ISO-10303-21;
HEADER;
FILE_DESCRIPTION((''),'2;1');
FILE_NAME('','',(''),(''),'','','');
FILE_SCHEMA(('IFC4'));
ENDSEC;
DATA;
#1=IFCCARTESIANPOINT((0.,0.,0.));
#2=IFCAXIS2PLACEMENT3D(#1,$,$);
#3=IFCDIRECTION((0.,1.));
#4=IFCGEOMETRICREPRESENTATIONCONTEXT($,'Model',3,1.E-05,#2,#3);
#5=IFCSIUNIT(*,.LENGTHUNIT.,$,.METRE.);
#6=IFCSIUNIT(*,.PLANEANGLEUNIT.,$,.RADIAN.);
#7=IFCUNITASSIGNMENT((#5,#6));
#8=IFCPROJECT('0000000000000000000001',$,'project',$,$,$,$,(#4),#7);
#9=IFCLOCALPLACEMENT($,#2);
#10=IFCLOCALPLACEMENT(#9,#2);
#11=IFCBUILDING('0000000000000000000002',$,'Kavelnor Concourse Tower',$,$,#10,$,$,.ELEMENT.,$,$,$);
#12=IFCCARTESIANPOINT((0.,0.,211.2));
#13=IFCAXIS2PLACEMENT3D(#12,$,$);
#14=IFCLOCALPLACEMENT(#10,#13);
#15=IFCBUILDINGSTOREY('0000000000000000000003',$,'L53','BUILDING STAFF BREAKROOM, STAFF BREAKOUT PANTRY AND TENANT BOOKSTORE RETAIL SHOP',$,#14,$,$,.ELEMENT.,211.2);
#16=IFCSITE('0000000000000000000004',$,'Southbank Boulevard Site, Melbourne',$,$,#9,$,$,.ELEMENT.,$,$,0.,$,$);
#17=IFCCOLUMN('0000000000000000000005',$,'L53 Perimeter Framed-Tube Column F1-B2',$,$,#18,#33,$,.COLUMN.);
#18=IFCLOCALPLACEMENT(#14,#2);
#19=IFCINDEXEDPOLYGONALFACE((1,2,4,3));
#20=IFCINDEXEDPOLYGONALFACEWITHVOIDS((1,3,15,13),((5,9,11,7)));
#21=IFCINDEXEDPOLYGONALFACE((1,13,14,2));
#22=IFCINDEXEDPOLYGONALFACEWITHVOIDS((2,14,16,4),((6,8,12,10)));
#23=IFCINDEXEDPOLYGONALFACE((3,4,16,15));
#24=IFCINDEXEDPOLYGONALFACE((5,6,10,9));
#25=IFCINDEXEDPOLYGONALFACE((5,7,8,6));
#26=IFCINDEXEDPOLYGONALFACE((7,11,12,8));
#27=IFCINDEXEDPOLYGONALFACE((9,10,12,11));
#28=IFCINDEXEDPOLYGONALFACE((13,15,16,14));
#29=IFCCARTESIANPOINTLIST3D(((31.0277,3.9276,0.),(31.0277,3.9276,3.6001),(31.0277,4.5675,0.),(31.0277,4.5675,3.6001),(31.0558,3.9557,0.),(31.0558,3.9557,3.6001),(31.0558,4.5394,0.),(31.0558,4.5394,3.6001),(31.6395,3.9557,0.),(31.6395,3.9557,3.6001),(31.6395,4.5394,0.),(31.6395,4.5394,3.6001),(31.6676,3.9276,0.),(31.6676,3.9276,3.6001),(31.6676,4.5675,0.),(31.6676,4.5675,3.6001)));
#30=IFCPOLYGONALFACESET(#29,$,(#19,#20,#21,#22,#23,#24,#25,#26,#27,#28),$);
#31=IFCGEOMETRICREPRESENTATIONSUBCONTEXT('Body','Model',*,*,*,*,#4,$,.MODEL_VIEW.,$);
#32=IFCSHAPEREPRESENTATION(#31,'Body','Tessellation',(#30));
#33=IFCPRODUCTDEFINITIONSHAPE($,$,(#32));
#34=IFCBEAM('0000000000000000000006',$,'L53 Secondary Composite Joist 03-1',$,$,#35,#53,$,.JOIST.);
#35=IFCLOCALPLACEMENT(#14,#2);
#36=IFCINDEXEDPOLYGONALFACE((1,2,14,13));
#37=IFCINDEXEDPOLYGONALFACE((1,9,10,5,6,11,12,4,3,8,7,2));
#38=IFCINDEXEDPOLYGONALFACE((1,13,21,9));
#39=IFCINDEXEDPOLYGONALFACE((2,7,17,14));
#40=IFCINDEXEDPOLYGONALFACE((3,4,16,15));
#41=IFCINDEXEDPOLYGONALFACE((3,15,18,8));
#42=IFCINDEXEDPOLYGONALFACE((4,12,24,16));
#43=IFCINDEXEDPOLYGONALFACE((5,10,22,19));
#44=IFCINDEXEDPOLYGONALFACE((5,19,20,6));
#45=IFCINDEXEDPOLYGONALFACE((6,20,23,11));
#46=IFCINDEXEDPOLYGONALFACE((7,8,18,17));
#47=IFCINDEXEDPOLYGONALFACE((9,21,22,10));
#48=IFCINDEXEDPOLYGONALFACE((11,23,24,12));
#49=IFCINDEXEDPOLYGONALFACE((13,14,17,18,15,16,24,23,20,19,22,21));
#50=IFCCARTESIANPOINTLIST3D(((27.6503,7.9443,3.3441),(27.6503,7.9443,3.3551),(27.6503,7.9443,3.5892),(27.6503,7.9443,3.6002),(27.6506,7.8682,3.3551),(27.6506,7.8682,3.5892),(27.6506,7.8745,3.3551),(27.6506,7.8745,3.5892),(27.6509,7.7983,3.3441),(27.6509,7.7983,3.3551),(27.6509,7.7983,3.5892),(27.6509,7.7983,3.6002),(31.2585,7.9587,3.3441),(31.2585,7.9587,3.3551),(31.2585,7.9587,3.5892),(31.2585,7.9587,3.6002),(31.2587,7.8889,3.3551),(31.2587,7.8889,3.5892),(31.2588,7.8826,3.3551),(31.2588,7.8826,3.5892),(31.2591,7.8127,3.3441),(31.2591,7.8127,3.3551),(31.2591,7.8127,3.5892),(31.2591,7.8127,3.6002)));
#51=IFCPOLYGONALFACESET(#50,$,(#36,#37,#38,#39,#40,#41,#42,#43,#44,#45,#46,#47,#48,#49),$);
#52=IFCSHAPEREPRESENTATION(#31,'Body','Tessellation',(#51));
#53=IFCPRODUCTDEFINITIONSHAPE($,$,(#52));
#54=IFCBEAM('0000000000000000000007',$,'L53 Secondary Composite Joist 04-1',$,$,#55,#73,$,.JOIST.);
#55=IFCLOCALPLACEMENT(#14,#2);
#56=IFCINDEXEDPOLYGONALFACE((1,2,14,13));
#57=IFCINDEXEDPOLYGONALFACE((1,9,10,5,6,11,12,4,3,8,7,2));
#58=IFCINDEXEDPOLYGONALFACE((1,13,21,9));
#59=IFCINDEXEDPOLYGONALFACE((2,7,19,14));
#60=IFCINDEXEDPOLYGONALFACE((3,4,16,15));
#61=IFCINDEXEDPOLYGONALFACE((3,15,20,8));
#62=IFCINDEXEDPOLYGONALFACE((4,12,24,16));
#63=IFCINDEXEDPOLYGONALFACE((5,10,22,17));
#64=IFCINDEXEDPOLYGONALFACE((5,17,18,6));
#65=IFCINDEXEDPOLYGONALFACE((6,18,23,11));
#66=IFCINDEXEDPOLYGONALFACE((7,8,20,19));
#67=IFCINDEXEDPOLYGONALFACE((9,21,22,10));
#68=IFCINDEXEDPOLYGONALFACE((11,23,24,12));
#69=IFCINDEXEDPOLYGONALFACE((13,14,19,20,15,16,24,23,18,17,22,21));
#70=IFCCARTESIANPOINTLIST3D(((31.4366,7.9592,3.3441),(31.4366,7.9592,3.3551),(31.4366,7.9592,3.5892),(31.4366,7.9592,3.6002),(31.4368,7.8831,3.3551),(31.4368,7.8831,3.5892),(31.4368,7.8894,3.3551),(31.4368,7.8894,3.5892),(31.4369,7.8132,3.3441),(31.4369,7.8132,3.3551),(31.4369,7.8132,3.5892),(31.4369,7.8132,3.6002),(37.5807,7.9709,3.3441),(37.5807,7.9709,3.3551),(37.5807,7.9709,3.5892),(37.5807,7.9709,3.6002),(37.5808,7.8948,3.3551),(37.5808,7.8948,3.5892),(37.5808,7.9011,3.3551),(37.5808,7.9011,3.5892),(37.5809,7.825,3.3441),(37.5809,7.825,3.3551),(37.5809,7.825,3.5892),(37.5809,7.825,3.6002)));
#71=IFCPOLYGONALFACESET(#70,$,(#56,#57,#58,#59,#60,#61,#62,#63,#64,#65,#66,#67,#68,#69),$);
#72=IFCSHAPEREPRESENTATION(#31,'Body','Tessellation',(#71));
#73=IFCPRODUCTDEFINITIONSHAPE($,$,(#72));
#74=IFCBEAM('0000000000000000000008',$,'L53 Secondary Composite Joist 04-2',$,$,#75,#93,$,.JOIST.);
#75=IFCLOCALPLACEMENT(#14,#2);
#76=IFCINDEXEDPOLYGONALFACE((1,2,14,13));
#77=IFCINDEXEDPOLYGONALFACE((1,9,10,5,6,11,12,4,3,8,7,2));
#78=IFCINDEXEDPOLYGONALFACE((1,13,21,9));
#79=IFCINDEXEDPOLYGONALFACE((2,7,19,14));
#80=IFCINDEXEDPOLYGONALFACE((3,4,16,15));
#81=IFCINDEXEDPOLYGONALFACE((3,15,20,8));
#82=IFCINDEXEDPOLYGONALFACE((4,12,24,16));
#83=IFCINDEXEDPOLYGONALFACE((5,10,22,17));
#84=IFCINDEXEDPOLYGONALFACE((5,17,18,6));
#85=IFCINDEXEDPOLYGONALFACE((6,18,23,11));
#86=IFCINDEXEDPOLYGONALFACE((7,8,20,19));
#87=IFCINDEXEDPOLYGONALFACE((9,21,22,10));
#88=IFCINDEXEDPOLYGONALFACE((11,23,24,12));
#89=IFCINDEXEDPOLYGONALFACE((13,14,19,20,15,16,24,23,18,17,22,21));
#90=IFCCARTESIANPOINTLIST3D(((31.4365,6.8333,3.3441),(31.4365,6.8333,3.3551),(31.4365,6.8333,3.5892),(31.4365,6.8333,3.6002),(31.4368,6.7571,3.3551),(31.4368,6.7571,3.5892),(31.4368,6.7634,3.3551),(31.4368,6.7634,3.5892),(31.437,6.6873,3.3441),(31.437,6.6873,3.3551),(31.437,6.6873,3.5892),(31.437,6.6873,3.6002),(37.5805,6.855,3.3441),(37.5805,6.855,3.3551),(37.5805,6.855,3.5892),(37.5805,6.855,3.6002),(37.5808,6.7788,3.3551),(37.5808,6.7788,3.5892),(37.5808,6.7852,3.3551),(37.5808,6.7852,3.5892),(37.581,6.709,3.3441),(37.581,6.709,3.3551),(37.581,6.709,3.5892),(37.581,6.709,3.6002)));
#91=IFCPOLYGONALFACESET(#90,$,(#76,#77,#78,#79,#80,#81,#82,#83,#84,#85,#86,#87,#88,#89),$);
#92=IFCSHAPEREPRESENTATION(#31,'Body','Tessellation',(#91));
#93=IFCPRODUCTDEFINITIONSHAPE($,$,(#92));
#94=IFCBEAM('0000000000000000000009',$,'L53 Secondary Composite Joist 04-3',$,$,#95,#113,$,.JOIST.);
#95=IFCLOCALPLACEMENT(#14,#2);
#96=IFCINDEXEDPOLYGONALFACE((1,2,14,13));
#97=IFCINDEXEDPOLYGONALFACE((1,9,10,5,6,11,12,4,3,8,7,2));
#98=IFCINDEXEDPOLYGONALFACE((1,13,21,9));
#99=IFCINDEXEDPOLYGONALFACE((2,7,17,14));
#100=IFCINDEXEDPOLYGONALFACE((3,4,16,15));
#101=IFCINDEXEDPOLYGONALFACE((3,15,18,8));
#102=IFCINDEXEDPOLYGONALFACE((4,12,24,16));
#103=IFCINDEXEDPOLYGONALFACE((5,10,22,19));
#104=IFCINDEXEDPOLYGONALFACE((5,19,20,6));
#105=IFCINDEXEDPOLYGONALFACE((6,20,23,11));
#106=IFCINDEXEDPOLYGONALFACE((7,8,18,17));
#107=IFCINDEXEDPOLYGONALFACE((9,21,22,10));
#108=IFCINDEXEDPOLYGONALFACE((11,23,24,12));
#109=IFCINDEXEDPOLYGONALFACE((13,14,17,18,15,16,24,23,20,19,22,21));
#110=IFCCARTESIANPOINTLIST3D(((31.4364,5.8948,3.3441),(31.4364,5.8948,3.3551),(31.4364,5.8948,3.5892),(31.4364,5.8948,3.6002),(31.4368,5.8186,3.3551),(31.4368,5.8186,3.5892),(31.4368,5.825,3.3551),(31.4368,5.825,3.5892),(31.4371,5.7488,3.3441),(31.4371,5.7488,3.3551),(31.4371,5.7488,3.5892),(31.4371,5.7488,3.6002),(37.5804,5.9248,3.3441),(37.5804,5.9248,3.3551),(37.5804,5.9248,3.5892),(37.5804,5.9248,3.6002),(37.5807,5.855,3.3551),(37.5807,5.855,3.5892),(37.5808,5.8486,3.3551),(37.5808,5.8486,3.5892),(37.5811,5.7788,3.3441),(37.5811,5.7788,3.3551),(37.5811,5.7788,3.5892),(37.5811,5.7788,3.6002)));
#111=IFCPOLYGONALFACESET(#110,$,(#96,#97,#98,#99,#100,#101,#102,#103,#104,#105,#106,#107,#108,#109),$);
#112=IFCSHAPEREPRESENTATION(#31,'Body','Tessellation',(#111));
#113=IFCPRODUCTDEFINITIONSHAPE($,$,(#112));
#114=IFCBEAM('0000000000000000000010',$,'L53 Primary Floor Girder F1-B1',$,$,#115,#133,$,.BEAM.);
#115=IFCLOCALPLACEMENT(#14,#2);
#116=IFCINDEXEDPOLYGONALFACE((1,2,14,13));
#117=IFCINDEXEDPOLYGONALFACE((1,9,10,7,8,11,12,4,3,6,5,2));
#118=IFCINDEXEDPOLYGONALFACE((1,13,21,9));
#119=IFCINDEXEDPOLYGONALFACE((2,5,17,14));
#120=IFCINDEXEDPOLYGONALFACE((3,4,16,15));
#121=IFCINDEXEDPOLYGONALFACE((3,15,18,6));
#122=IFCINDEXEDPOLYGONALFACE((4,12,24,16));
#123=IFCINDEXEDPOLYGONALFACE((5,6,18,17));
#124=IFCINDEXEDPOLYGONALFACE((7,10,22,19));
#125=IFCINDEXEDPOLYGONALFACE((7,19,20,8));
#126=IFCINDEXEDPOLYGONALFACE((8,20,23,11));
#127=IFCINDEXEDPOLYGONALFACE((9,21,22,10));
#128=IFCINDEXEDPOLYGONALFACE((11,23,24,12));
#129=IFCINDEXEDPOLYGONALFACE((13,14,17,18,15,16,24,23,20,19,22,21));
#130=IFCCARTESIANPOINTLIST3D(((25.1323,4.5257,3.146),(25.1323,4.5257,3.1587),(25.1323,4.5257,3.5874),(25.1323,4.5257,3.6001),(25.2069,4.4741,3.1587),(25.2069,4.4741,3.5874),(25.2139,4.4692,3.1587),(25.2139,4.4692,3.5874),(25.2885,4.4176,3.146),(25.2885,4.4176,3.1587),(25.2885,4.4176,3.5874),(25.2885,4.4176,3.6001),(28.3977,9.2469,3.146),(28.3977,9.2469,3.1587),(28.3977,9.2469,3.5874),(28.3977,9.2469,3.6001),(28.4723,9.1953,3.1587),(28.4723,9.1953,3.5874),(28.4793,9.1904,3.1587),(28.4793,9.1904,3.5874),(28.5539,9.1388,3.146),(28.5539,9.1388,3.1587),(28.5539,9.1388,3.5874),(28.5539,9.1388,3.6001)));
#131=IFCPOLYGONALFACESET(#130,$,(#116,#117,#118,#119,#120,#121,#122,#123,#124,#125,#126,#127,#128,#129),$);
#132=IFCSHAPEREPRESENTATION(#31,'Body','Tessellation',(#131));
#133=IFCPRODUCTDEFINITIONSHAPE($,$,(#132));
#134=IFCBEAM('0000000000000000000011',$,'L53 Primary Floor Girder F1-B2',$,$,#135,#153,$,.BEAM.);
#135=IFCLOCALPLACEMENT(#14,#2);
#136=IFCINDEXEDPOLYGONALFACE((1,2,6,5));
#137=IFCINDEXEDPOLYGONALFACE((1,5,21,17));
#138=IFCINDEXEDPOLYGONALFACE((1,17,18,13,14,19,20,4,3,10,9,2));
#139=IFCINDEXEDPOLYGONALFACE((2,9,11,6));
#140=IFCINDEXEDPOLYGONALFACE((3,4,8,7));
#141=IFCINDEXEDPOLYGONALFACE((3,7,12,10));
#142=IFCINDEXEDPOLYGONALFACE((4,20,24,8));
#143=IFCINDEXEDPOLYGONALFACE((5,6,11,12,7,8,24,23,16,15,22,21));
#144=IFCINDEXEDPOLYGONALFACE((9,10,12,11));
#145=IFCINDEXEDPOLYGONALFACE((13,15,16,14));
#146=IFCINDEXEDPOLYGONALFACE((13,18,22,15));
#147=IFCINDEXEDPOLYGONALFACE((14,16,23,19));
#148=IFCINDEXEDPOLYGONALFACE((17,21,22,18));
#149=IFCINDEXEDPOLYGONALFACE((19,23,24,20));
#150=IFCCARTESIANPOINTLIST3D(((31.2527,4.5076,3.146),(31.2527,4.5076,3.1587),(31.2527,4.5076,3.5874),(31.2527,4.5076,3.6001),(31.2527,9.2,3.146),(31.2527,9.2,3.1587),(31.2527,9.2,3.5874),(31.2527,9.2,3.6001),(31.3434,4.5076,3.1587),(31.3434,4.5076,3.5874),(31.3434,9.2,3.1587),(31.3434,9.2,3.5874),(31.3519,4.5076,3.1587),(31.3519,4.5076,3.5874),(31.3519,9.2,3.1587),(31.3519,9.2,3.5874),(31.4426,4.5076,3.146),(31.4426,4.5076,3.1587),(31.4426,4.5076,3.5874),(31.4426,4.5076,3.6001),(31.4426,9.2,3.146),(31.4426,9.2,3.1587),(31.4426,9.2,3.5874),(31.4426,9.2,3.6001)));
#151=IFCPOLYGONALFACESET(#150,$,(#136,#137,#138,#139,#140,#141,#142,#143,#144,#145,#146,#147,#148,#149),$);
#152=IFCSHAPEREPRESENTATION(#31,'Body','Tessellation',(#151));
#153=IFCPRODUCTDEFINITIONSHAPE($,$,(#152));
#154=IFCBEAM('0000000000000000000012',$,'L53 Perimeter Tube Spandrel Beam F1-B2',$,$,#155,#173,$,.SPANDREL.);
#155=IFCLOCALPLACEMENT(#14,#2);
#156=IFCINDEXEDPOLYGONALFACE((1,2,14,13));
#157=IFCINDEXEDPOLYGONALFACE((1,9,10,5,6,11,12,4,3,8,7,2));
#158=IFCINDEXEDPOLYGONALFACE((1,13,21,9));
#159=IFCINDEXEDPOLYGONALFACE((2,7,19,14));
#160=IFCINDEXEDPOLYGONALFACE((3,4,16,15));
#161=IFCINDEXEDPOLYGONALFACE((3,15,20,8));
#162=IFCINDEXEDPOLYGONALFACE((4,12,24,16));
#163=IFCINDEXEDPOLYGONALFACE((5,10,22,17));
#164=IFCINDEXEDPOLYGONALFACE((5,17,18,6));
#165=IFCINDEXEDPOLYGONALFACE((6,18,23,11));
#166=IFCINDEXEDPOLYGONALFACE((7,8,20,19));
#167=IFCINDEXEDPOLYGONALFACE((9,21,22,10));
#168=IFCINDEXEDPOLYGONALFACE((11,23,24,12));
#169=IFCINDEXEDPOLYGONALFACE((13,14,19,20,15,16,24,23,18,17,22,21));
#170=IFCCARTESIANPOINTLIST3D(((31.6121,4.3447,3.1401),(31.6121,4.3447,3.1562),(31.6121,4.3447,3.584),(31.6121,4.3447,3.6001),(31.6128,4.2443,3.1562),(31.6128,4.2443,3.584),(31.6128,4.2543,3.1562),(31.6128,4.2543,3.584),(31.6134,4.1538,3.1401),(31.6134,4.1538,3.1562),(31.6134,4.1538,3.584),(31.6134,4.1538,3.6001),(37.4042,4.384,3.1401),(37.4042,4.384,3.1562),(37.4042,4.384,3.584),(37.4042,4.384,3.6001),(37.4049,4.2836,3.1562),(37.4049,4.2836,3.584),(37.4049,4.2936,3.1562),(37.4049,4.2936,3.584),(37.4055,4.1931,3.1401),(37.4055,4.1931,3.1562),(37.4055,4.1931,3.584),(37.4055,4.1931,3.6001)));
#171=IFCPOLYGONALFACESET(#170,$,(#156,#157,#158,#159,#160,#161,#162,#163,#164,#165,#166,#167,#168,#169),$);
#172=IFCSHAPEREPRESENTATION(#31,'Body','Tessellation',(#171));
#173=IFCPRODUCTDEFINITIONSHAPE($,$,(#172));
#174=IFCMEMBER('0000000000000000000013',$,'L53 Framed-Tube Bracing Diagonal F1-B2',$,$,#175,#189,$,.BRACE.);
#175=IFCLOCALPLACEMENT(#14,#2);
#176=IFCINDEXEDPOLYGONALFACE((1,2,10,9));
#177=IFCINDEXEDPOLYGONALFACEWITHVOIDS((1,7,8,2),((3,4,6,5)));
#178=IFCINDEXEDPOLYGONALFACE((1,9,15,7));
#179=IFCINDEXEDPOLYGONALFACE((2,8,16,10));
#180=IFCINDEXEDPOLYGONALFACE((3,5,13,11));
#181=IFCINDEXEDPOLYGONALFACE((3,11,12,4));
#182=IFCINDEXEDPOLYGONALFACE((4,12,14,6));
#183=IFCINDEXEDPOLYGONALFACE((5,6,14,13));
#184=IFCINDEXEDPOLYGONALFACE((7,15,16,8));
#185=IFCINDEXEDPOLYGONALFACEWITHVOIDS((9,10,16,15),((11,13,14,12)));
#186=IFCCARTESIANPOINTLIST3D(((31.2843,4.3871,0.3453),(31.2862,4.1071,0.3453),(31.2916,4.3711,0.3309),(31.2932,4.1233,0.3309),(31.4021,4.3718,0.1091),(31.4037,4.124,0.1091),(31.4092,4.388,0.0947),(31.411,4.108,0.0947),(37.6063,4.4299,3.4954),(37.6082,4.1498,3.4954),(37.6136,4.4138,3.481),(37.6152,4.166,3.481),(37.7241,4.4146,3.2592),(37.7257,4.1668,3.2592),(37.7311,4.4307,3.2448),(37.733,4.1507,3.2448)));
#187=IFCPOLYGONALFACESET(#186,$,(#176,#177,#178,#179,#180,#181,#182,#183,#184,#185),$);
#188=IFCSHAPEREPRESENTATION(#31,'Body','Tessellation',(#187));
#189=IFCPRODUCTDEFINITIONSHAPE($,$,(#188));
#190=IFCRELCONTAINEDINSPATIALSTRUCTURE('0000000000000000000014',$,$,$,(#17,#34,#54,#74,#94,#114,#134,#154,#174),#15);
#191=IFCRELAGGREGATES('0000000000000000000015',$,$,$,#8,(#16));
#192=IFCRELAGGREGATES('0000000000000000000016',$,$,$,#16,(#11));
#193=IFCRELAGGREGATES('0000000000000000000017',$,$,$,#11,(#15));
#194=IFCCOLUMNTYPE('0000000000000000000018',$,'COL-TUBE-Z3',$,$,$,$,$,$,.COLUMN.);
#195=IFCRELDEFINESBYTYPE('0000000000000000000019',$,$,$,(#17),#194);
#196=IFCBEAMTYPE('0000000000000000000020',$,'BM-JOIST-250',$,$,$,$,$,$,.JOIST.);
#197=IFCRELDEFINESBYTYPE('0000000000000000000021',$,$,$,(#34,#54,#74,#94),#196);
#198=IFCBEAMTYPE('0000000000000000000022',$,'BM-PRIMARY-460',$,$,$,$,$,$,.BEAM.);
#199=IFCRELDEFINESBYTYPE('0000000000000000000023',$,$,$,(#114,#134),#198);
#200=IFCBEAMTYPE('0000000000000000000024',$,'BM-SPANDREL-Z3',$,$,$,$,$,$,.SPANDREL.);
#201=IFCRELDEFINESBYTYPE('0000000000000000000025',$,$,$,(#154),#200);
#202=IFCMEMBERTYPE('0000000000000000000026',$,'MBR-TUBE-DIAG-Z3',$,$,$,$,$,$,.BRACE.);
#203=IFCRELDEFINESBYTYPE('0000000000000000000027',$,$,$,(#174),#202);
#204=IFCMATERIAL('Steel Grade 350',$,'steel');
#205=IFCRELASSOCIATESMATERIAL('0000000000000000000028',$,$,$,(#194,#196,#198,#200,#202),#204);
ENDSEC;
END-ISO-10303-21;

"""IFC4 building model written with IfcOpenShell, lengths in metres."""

from ifc_helpers import new_model, si_unit, direction, frame, origin, origin_2d, place, context, subcontext, project, spatial, hollow_rectangle, i_section, extrude, material, material_profile, profile_set, type_object, element, save


model = new_model("IFC4")

# Units and contexts
model_context = context("Model", 3, precision=1e-05, world=origin(), true_north=direction((0.0, 1.0)))
body_context = subcontext(model_context, "Body", "Model", "MODEL_VIEW")
ifc_project = project(units=[si_unit("LENGTHUNIT", "METRE"), si_unit("PLANEANGLEUNIT", "RADIAN")], contexts=[model_context])

# Site, building, storey
site_placement = place(None, origin())
site = spatial("IfcSite", under=ifc_project, at=site_placement, Name="Southbank Boulevard Site, Melbourne", CompositionType="ELEMENT", RefElevation=0.0)
building_placement = place(site_placement, origin())
building = spatial("IfcBuilding", under=site, at=building_placement, Name="Kavelnor Concourse Tower", CompositionType="ELEMENT")
storey_placement = place(building_placement, frame((0.0, 0.0, 211.2)))
storey = spatial("IfcBuildingStorey", under=building, at=storey_placement, Name="L53", Description="BUILDING STAFF BREAKROOM, STAFF BREAKOUT PANTRY AND TENANT BOOKSTORE RETAIL SHOP", CompositionType="ELEMENT", Elevation=211.2)

# Column
ifc_material_1 = material(Name="Steel Grade 350", Category="steel")
ifc_material_profile_1 = material_profile(ifc_material_1, hollow_rectangle(XDim=0.6399, YDim=0.6399, WallThickness=0.0281, at=origin_2d()), Name="SHS 640x640x28")
ifc_profile_set_1 = profile_set([ifc_material_profile_1], Name="Steel Grade 350")
column_type = type_object("IfcColumnType", Name="COL-TUBE-Z3", PredefinedType="COLUMN", material=ifc_profile_set_1)
column_placement = place(storey_placement, frame((31.3477, 4.2476, 0.0), z_axis=(0.0, 0.0, 1.0), x_axis=(1.0, 0.0, 0.0)))
element("IfcColumn", 1, at=column_placement, inside=storey, type_object=column_type, Name="L53 Perimeter Framed-Tube Column F1-B2", PredefinedType="COLUMN", context=body_context, shape_type="SweptSolid", body=[
    extrude(hollow_rectangle(XDim=0.6399, YDim=0.6399, WallThickness=0.0281, at=origin_2d()), origin(), (0.0, 0.0, 1.0), 3.6001),
])

# Beams
ifc_material_profile_2 = material_profile(ifc_material_1, i_section(OverallWidth=0.146, OverallDepth=0.2561, WebThickness=0.0063, FlangeThickness=0.011, at=origin_2d()), Name="250UB37")
ifc_profile_set_2 = profile_set([ifc_material_profile_2], Name="Steel Grade 350")
beam_type_1 = type_object("IfcBeamType", Name="BM-JOIST-250", PredefinedType="JOIST", material=ifc_profile_set_2)
beam_1_placement = place(storey_placement, frame((27.6506, 7.8713, 3.4722), z_axis=(0.999992, 0.003992, 0.0), x_axis=(-0.003992, 0.999992, 0.0)))
element("IfcBeam", 2, at=beam_1_placement, inside=storey, type_object=beam_type_1, Name="L53 Secondary Composite Joist 03-1", PredefinedType="JOIST", context=body_context, shape_type="SweptSolid", body=[
    extrude(i_section(OverallWidth=0.146, OverallDepth=0.2561, WebThickness=0.0063, FlangeThickness=0.011, at=origin_2d()), origin(), (0.0, 0.0, 1.0), 3.6082),
])
for number, where, z_axis, x_axis, name in (
    (3, (31.4368, 7.8862, 3.4722), (0.999998, 0.001907, 0.0), (-0.001907, 0.999998, 0.0), "L53 Secondary Composite Joist 04-1"),
    (4, (31.4368, 6.7603, 3.4722), (0.999994, 0.003536, 0.0), (-0.003536, 0.999994, 0.0), "L53 Secondary Composite Joist 04-2"),
    (5, (31.4368, 5.8218, 3.4722), (0.999988, 0.004887, 0.0), (-0.004887, 0.999988, 0.0), "L53 Secondary Composite Joist 04-3"),
):
    element("IfcBeam", number, at=place(storey_placement, frame(where, z_axis=z_axis, x_axis=x_axis)), inside=storey, type_object=beam_type_1, Name=name, PredefinedType="JOIST", context=body_context, shape_type="SweptSolid", body=[
        extrude(i_section(OverallWidth=0.146, OverallDepth=0.2561, WebThickness=0.0063, FlangeThickness=0.011, at=origin_2d()), origin(), (0.0, 0.0, 1.0), 6.144),
    ])
ifc_material_profile_3 = material_profile(ifc_material_1, i_section(OverallWidth=0.1899, OverallDepth=0.4541, WebThickness=0.0085, FlangeThickness=0.0127, at=origin_2d()), Name="460UB67")
ifc_profile_set_3 = profile_set([ifc_material_profile_3], Name="Steel Grade 350")
beam_type_2 = type_object("IfcBeamType", Name="BM-PRIMARY-460", PredefinedType="BEAM", material=ifc_profile_set_3)
beam_2_placement = place(storey_placement, frame((28.4758, 9.1929, 3.373), z_axis=(-0.568841, -0.822448, 0.0), x_axis=(0.822448, -0.568841, 0.0)))
element("IfcBeam", 6, at=beam_2_placement, inside=storey, type_object=beam_type_2, Name="L53 Primary Floor Girder F1-B1", PredefinedType="BEAM", context=body_context, shape_type="SweptSolid", body=[
    extrude(i_section(OverallWidth=0.1899, OverallDepth=0.4541, WebThickness=0.0085, FlangeThickness=0.0127, at=origin_2d()), origin(), (0.0, 0.0, 1.0), 5.7405),
])
beam_3_placement = place(storey_placement, frame((31.3477, 9.2, 3.373), z_axis=(0.0, -1.0, 0.0), x_axis=(1.0, 0.0, 0.0)))
element("IfcBeam", 7, at=beam_3_placement, inside=storey, type_object=beam_type_2, Name="L53 Primary Floor Girder F1-B2", PredefinedType="BEAM", context=body_context, shape_type="SweptSolid", body=[
    extrude(i_section(OverallWidth=0.1899, OverallDepth=0.4541, WebThickness=0.0085, FlangeThickness=0.0127, at=origin_2d()), origin(), (0.0, 0.0, 1.0), 4.6924),
])
ifc_material_profile_4 = material_profile(ifc_material_1, i_section(OverallWidth=0.1909, OverallDepth=0.46, WebThickness=0.01, FlangeThickness=0.0161, at=origin_2d()), Name="460UB82")
ifc_profile_set_4 = profile_set([ifc_material_profile_4], Name="Steel Grade 350")
beam_type_3 = type_object("IfcBeamType", Name="BM-SPANDREL-Z3", PredefinedType="SPANDREL", material=ifc_profile_set_4)
beam_4_placement = place(storey_placement, frame((31.6128, 4.2493, 3.3701), z_axis=(0.999977, 0.006786, 0.0), x_axis=(-0.006786, 0.999977, 0.0)))
element("IfcBeam", 8, at=beam_4_placement, inside=storey, type_object=beam_type_3, Name="L53 Perimeter Tube Spandrel Beam F1-B2", PredefinedType="SPANDREL", context=body_context, shape_type="SweptSolid", body=[
    extrude(i_section(OverallWidth=0.1909, OverallDepth=0.46, WebThickness=0.01, FlangeThickness=0.0161, at=origin_2d()), origin(), (0.0, 0.0, 1.0), 5.7922),
])

# Member
ifc_material_profile_5 = material_profile(ifc_material_1, hollow_rectangle(XDim=0.28, YDim=0.28, WallThickness=0.0161, at=origin_2d()), Name="SHS 280x280x16")
ifc_profile_set_5 = profile_set([ifc_material_profile_5], Name="Steel Grade 350")
member_type = type_object("IfcMemberType", Name="MBR-TUBE-DIAG-Z3", PredefinedType="BRACE", material=ifc_profile_set_5)
member_placement = place(storey_placement, frame((31.3477, 4.2476, 0.22), z_axis=(0.895025, 0.006049, 0.445975), x_axis=(-0.006758, 0.999977, 0.0)))
element("IfcMember", 9, at=member_placement, inside=storey, type_object=member_type, Name="L53 Framed-Tube Bracing Diagonal F1-B2", PredefinedType="BRACE", context=body_context, shape_type="SweptSolid", body=[
    extrude(hollow_rectangle(XDim=0.28, YDim=0.28, WallThickness=0.0161, at=origin_2d()), origin(), (0.0, 0.0, 1.0), 7.0635),
])

save(model, "model.ifc")
